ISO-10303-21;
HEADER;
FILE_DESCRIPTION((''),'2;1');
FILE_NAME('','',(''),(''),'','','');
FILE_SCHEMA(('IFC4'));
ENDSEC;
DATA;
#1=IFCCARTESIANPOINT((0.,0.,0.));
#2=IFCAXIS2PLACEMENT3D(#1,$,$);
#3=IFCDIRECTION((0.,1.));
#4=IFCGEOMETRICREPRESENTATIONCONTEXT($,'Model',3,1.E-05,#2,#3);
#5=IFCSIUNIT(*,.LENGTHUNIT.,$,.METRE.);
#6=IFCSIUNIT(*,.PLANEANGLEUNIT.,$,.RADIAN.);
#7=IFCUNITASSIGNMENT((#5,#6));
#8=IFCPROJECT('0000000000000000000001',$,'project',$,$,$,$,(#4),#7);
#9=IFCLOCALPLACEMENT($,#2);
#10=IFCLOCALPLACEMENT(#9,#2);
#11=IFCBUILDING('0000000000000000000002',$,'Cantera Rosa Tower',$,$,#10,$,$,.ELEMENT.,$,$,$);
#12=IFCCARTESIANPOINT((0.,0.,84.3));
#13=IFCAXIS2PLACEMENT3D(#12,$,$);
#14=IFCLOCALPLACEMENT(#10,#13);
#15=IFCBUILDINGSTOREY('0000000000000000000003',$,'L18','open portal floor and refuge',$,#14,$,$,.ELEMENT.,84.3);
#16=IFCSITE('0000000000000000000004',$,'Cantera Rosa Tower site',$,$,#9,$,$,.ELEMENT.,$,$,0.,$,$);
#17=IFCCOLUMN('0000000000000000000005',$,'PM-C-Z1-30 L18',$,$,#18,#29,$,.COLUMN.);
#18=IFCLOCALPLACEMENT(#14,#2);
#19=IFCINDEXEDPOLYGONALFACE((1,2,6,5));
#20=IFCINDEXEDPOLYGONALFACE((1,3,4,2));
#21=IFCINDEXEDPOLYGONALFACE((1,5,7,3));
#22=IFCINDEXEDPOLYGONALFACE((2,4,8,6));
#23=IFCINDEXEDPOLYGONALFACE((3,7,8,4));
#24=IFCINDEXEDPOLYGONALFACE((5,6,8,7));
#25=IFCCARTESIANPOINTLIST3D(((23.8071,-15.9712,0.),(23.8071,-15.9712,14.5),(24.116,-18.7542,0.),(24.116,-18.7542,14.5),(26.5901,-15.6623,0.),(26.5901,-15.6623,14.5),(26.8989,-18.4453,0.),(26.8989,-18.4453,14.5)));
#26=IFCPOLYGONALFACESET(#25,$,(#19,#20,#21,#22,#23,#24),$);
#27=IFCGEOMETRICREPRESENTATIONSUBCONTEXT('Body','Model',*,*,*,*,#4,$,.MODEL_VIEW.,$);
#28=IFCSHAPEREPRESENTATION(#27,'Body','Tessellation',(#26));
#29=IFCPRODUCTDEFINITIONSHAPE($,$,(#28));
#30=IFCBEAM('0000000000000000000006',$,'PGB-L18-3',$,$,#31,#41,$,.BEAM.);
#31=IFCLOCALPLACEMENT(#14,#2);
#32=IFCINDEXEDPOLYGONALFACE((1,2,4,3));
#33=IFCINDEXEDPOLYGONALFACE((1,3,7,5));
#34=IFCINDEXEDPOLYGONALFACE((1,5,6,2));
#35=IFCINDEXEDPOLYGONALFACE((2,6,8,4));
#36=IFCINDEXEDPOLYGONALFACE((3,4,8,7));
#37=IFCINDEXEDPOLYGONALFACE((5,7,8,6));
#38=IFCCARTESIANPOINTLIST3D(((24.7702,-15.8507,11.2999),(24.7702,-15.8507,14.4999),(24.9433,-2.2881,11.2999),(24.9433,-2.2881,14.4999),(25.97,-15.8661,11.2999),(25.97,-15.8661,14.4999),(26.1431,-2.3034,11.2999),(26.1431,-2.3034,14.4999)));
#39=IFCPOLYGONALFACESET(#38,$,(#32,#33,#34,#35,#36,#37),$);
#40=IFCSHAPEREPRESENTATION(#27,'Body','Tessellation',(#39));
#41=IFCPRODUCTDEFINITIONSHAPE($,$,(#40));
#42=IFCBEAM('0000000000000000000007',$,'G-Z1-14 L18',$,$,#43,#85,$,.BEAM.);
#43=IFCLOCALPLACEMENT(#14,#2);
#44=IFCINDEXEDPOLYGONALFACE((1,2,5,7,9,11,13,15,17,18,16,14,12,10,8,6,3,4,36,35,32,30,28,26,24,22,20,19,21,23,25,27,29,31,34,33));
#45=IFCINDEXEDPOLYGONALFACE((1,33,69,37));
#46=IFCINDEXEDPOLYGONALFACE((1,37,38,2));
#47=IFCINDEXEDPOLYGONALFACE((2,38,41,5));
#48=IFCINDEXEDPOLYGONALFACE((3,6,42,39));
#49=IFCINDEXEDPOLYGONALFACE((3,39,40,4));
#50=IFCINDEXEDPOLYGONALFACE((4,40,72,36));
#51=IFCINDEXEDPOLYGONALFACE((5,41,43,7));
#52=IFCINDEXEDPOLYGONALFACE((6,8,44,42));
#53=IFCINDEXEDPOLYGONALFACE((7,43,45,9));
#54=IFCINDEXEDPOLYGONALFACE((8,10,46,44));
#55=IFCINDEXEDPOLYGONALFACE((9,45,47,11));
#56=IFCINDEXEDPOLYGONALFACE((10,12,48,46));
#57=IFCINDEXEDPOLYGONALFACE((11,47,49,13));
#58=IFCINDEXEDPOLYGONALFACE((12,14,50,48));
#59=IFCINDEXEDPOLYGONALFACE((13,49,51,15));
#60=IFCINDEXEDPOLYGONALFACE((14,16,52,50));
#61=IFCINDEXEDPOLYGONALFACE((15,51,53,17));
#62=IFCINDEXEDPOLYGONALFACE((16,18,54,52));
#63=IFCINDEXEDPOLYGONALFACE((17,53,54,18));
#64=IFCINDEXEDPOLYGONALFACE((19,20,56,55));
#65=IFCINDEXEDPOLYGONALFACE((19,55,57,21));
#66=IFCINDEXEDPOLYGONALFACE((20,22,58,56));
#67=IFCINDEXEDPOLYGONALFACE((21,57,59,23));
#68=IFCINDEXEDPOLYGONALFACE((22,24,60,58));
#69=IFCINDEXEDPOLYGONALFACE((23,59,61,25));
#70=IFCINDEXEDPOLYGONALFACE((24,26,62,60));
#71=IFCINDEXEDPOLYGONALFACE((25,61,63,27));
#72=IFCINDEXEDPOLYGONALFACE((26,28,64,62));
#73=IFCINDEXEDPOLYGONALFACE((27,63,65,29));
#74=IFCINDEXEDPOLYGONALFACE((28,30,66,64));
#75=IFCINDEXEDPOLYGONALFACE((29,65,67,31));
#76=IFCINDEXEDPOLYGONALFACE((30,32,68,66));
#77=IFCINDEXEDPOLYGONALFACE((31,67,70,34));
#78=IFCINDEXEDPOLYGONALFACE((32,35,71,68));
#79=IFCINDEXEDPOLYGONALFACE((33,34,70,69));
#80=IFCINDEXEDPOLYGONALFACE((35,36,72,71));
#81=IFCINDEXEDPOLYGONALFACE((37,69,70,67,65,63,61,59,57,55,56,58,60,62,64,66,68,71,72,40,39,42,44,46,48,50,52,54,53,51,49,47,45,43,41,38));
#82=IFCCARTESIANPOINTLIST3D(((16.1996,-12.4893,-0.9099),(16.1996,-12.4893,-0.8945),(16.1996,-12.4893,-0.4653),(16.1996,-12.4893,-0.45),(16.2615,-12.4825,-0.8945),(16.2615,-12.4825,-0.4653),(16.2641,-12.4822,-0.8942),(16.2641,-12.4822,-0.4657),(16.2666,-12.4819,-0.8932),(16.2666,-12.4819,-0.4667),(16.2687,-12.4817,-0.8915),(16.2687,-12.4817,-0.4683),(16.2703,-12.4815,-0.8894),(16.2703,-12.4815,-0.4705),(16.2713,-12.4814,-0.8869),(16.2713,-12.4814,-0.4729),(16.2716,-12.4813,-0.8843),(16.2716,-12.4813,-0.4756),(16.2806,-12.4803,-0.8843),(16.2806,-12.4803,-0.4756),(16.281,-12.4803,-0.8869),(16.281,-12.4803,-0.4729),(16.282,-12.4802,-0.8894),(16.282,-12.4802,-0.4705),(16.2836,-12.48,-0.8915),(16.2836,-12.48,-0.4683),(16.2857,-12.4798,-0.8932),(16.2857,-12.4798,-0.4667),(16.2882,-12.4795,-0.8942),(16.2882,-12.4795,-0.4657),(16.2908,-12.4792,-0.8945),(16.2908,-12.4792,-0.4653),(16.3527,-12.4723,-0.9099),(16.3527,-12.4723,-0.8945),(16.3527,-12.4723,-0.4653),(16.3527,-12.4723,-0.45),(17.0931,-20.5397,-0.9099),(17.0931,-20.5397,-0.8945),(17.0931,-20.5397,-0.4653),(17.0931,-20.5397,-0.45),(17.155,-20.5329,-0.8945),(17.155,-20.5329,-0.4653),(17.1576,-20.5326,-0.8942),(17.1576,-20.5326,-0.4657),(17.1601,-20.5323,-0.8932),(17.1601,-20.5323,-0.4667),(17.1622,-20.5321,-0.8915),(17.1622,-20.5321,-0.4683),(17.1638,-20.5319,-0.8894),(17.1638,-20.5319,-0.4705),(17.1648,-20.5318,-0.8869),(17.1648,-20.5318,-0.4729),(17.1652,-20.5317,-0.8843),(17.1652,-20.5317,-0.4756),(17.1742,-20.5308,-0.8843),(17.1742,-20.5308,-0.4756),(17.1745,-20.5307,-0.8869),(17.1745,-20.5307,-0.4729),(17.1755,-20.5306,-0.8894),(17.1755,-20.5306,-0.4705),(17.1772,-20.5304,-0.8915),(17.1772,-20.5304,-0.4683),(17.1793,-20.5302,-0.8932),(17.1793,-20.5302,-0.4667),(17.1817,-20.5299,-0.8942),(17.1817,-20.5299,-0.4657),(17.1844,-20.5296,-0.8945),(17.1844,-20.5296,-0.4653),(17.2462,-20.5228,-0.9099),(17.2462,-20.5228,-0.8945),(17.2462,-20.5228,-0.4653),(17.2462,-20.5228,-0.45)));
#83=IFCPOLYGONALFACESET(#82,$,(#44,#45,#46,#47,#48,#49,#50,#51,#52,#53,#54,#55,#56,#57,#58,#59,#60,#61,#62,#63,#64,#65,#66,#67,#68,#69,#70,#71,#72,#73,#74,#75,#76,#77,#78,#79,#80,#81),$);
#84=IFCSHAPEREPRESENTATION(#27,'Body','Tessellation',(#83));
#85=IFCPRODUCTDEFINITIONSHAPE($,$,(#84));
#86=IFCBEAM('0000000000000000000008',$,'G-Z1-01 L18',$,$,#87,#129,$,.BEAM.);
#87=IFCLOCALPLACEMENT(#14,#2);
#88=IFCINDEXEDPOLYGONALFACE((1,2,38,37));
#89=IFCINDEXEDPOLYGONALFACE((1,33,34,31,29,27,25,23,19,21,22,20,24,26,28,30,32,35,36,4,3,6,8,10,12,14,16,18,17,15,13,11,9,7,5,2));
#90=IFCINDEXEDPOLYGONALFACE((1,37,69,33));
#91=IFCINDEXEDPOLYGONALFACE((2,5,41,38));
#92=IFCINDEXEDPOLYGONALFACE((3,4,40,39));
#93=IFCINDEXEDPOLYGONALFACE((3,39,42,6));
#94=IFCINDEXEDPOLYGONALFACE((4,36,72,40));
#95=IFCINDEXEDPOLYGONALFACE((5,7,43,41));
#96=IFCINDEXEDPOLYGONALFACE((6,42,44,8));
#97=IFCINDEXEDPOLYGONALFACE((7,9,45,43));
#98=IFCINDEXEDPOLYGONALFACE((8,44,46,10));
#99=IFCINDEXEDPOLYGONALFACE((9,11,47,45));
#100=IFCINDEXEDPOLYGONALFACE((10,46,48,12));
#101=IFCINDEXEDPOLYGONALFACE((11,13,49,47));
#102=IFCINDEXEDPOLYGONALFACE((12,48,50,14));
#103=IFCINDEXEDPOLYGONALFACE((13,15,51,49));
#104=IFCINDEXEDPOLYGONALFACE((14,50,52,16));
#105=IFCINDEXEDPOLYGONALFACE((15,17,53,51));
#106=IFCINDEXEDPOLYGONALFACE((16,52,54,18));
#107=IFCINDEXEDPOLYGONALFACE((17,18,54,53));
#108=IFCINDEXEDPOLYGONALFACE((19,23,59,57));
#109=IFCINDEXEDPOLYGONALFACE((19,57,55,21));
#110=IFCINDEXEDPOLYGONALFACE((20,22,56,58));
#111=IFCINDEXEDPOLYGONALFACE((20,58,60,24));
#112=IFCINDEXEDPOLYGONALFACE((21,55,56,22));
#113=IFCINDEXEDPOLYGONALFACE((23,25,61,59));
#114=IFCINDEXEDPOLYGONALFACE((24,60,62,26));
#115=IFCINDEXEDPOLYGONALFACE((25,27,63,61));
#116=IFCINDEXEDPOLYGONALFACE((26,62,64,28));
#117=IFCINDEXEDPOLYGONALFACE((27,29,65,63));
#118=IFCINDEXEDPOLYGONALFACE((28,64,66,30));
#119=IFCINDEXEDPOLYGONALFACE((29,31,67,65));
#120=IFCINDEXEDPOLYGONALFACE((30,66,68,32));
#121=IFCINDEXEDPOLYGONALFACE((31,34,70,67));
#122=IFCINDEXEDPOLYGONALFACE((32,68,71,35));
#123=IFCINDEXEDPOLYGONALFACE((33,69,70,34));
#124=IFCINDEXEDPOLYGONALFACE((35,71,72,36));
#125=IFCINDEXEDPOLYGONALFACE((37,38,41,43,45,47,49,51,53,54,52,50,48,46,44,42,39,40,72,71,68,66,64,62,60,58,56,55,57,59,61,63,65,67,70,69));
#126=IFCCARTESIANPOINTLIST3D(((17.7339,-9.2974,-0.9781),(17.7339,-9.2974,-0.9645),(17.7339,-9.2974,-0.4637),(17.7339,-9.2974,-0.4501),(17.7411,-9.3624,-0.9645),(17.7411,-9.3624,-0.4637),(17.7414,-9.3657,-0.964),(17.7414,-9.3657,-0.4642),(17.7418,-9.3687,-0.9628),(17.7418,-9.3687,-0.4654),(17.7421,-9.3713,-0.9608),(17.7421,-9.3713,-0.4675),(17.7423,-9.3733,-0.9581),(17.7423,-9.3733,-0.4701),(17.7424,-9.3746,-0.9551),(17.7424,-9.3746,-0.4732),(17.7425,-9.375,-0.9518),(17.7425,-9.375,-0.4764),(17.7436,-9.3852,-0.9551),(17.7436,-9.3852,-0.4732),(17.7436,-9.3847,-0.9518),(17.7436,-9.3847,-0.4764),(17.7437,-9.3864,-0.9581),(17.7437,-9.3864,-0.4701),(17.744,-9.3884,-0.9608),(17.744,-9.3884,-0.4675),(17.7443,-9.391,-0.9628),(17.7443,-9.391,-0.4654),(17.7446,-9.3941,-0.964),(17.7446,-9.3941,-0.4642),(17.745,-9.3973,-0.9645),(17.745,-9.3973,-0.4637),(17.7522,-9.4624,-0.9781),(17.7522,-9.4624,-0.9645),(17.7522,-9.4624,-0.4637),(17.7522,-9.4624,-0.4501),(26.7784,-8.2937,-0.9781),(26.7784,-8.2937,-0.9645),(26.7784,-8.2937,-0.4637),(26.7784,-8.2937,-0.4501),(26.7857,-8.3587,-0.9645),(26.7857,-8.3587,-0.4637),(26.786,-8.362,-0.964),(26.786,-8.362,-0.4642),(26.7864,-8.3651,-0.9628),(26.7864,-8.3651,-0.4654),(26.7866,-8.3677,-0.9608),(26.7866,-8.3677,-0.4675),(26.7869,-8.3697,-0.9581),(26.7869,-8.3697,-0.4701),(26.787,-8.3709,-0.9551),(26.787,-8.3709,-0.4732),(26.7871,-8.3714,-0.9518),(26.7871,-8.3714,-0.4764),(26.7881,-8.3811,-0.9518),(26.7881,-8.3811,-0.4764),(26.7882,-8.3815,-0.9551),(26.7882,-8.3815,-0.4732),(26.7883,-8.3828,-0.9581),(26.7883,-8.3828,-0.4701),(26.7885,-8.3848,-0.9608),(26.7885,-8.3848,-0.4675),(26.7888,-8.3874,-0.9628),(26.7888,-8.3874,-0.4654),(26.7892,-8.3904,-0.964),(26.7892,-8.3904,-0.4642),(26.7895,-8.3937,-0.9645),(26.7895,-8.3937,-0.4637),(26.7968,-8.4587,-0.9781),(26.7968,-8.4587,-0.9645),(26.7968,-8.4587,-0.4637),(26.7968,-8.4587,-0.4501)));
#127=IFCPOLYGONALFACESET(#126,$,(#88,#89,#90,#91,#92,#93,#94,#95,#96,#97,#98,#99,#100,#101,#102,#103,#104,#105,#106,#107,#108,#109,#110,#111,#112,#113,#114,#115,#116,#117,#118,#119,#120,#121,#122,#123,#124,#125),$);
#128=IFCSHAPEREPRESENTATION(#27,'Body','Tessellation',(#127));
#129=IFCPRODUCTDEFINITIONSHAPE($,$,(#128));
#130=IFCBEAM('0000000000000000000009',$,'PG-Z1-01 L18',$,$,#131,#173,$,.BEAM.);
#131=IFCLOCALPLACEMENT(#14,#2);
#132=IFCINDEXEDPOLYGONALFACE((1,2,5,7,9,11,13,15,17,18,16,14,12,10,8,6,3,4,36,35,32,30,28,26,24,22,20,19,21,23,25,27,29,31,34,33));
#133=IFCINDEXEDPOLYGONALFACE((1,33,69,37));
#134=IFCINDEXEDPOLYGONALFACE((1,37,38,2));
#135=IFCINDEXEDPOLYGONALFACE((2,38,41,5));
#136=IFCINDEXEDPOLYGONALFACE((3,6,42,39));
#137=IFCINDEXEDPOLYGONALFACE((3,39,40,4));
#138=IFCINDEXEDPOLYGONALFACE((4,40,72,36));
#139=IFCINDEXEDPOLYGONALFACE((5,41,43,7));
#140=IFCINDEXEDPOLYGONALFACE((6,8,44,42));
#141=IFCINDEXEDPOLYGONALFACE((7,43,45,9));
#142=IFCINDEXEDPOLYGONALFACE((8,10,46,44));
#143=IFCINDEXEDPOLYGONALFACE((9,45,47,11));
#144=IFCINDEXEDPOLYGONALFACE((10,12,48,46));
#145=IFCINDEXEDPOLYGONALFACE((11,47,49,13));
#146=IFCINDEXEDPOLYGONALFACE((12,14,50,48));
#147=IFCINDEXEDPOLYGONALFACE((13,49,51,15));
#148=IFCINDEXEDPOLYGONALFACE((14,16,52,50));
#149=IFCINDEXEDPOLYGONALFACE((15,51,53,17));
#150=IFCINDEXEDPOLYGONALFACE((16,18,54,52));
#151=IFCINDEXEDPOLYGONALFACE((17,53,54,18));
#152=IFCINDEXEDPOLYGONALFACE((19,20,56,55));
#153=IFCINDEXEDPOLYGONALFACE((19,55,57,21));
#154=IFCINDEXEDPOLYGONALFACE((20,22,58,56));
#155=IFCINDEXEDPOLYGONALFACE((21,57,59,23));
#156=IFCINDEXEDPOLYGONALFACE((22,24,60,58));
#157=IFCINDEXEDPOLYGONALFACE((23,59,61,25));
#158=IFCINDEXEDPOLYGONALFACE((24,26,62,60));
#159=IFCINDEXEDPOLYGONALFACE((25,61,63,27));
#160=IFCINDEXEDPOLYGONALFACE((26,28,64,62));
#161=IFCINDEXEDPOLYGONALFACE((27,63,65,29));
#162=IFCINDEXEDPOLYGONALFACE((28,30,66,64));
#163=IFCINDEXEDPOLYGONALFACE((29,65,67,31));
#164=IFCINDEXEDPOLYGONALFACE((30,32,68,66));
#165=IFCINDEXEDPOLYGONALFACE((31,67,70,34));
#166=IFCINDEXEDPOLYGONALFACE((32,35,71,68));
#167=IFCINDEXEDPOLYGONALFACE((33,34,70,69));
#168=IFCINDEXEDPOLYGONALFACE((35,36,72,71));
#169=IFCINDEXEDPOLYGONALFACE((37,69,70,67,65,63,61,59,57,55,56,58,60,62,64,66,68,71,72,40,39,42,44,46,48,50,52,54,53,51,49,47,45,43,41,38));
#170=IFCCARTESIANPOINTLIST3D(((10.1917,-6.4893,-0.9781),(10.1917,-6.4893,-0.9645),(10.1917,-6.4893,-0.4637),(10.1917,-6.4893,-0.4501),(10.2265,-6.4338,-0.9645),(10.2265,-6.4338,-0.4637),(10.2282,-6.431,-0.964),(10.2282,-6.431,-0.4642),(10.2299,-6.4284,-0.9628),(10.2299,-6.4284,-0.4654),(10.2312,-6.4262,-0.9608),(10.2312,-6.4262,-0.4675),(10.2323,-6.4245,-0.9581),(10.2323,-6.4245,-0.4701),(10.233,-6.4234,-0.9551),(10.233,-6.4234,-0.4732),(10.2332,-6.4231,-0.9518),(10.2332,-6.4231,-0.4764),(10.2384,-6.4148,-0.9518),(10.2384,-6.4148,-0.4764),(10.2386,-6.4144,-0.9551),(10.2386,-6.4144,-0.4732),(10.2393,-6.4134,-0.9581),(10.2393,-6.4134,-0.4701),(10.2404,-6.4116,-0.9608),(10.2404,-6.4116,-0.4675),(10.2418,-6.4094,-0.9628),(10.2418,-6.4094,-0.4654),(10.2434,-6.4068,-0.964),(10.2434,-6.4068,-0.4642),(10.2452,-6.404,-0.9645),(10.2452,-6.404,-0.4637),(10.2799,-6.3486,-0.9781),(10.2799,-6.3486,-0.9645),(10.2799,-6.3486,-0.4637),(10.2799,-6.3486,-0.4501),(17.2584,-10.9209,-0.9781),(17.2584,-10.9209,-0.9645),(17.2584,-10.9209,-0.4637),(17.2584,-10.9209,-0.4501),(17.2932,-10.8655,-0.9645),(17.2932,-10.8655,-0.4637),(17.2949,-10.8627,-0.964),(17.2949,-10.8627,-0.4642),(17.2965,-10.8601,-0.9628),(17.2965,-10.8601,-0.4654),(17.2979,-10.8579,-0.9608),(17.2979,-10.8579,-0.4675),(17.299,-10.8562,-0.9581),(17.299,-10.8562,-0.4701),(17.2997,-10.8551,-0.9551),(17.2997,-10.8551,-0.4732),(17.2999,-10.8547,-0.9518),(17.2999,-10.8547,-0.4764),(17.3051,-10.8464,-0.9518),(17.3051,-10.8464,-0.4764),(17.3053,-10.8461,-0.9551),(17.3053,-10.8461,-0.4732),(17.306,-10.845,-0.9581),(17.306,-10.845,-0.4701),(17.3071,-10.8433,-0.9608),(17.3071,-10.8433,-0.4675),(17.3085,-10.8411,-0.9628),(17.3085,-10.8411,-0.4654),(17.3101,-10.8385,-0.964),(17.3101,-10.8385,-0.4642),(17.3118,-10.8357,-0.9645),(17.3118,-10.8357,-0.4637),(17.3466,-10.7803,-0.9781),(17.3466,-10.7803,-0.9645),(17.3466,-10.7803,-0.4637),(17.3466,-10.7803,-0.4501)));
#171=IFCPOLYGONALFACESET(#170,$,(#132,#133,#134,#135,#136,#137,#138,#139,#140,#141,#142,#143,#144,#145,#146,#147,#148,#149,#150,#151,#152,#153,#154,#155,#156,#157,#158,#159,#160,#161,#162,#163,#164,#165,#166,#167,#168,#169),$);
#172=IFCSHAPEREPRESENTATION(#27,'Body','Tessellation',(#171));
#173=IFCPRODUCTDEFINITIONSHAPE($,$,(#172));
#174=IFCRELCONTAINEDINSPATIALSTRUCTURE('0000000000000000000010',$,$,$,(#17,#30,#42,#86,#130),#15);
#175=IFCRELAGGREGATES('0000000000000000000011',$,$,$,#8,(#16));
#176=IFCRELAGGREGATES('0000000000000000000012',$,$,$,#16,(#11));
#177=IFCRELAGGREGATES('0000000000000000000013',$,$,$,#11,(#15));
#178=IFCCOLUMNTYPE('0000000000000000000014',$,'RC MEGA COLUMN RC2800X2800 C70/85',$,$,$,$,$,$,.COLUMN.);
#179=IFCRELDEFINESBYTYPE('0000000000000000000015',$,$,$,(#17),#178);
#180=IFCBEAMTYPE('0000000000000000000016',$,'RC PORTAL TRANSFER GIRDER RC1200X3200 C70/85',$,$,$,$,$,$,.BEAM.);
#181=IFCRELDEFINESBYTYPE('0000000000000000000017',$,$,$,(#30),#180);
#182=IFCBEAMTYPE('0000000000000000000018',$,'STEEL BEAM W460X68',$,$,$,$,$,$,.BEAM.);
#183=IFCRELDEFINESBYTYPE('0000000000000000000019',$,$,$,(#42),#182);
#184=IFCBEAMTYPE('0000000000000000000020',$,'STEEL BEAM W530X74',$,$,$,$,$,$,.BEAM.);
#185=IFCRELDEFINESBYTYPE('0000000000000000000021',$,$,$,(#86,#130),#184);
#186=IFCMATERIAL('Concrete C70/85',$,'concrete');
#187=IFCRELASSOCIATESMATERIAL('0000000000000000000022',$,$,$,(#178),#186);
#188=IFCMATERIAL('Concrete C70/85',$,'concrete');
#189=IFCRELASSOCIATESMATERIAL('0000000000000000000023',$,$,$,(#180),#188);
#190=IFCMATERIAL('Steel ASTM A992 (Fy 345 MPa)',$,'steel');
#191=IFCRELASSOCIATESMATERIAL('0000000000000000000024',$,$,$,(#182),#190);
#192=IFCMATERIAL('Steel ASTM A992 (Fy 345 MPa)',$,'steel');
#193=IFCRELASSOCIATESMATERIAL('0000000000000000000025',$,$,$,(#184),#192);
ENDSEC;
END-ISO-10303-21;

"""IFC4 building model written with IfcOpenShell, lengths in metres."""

from ifc_helpers import new_model, si_unit, direction, frame, origin, origin_2d, place, context, subcontext, project, spatial, rectangle, i_section, extrude, material, material_profile, profile_set, type_object, element, save


model = new_model("IFC4")

# Units and contexts
model_context = context("Model", 3, precision=1e-05, world=origin(), true_north=direction((0.0, 1.0)))
body_context = subcontext(model_context, "Body", "Model", "MODEL_VIEW")
ifc_project = project(units=[si_unit("LENGTHUNIT", "METRE"), si_unit("PLANEANGLEUNIT", "RADIAN")], contexts=[model_context])

# Site, building, storey
site_placement = place(None, origin())
site = spatial("IfcSite", under=ifc_project, at=site_placement, Name="Cantera Rosa Tower site", CompositionType="ELEMENT", RefElevation=0.0)
building_placement = place(site_placement, origin())
building = spatial("IfcBuilding", under=site, at=building_placement, Name="Cantera Rosa Tower", CompositionType="ELEMENT")
storey_placement = place(building_placement, frame((0.0, 0.0, 84.3)))
storey = spatial("IfcBuildingStorey", under=building, at=storey_placement, Name="L18", Description="open portal floor and refuge", CompositionType="ELEMENT", Elevation=84.3)

# Column
ifc_material_1 = material(Name="Concrete C70/85", Category="concrete")
ifc_material_profile_1 = material_profile(ifc_material_1, rectangle(XDim=2.8, YDim=2.8, at=origin_2d()), Name="RC MEGA COLUMN RC2800X2800 C70/85")
ifc_profile_set_1 = profile_set([ifc_material_profile_1], Name="Concrete C70/85")
column_type = type_object("IfcColumnType", Name="RC MEGA COLUMN RC2800X2800 C70/85", PredefinedType="COLUMN", material=ifc_profile_set_1)
column_placement = place(storey_placement, frame((25.353, -17.2083, 0.0), z_axis=(0.0, 0.0, 1.0), x_axis=(0.993897, 0.110313, 0.0)))
element("IfcColumn", 1, at=column_placement, inside=storey, type_object=column_type, Name="PM-C-Z1-30 L18", PredefinedType="COLUMN", context=body_context, shape_type="SweptSolid", body=[
    extrude(rectangle(XDim=2.8, YDim=2.8, at=origin_2d()), origin(), (0.0, 0.0, 1.0), 14.5),
])

# Beams
ifc_material_2 = material(Name="Concrete C70/85", Category="concrete")
ifc_material_profile_2 = material_profile(ifc_material_2, rectangle(XDim=1.2, YDim=3.2, at=origin_2d()), Name="RC PORTAL TRANSFER GIRDER RC1200X3200 C70/85")
ifc_profile_set_2 = profile_set([ifc_material_profile_2], Name="Concrete C70/85")
beam_type_1 = type_object("IfcBeamType", Name="RC PORTAL TRANSFER GIRDER RC1200X3200 C70/85", PredefinedType="BEAM", material=ifc_profile_set_2)
beam_1_placement = place(storey_placement, frame((25.3701, -15.8584, 12.8999), z_axis=(0.012762, 0.999919, 0.0), x_axis=(-0.999919, 0.012762, 0.0)))
element("IfcBeam", 2, at=beam_1_placement, inside=storey, type_object=beam_type_1, Name="PGB-L18-3", PredefinedType="BEAM", context=body_context, shape_type="SweptSolid", body=[
    extrude(rectangle(XDim=1.2, YDim=3.2, at=origin_2d()), origin(), (0.0, 0.0, 1.0), 13.5637),
])
ifc_material_3 = material(Name="Steel ASTM A992 (Fy 345 MPa)", Category="steel")
ifc_material_profile_3 = material_profile(ifc_material_3, i_section(OverallWidth=0.1541, OverallDepth=0.46, WebThickness=0.009, FlangeThickness=0.0154, FilletRadius=0.0103, at=origin_2d()), Name="W460X68")
ifc_profile_set_3 = profile_set([ifc_material_profile_3], Name="Steel ASTM A992 (Fy 345 MPa)")
beam_type_2 = type_object("IfcBeamType", Name="STEEL BEAM W460X68", PredefinedType="BEAM", material=ifc_profile_set_3)
beam_2_placement = place(storey_placement, frame((17.1697, -20.5312, -0.6799), z_axis=(-0.110316, 0.993897, 0.0), x_axis=(-0.993897, -0.110316, 0.0)))
element("IfcBeam", 3, at=beam_2_placement, inside=storey, type_object=beam_type_2, Name="G-Z1-14 L18", PredefinedType="BEAM", context=body_context, shape_type="SweptSolid", body=[
    extrude(i_section(OverallWidth=0.1541, OverallDepth=0.46, WebThickness=0.009, FlangeThickness=0.0154, FilletRadius=0.0103, at=origin_2d()), origin(), (0.0, 0.0, 1.0), 8.0999),
])
ifc_material_4 = material(Name="Steel ASTM A992 (Fy 345 MPa)", Category="steel")
ifc_material_profile_4 = material_profile(ifc_material_4, i_section(OverallWidth=0.166, OverallDepth=0.5281, WebThickness=0.0098, FlangeThickness=0.0137, FilletRadius=0.0127, at=origin_2d()), Name="W530X74")
ifc_profile_set_4 = profile_set([ifc_material_profile_4], Name="Steel ASTM A992 (Fy 345 MPa)")
beam_type_3 = type_object("IfcBeamType", Name="STEEL BEAM W530X74", PredefinedType="BEAM", material=ifc_profile_set_4)
beam_3_placement = place(storey_placement, frame((26.7876, -8.3762, -0.7141), z_axis=(-0.993899, -0.11029, 0.0), x_axis=(0.11029, -0.993899, 0.0)))
element("IfcBeam", 4, at=beam_3_placement, inside=storey, type_object=beam_type_3, Name="G-Z1-01 L18", PredefinedType="BEAM", context=body_context, shape_type="SweptSolid", body=[
    extrude(i_section(OverallWidth=0.166, OverallDepth=0.5281, WebThickness=0.0098, FlangeThickness=0.0137, FilletRadius=0.0127, at=origin_2d()), origin(), (0.0, 0.0, 1.0), 9.1001),
])
beam_4_placement = place(storey_placement, frame((17.3025, -10.8506, -0.7141), z_axis=(-0.84719, 0.53129, 0.0), x_axis=(-0.53129, -0.84719, 0.0)))
element("IfcBeam", 5, at=beam_4_placement, inside=storey, type_object=beam_type_3, Name="PG-Z1-01 L18", PredefinedType="BEAM", context=body_context, shape_type="SweptSolid", body=[
    extrude(i_section(OverallWidth=0.166, OverallDepth=0.5281, WebThickness=0.0098, FlangeThickness=0.0137, FilletRadius=0.0127, at=origin_2d()), origin(), (0.0, 0.0, 1.0), 8.3413),
])

save(model, "model.ifc")
